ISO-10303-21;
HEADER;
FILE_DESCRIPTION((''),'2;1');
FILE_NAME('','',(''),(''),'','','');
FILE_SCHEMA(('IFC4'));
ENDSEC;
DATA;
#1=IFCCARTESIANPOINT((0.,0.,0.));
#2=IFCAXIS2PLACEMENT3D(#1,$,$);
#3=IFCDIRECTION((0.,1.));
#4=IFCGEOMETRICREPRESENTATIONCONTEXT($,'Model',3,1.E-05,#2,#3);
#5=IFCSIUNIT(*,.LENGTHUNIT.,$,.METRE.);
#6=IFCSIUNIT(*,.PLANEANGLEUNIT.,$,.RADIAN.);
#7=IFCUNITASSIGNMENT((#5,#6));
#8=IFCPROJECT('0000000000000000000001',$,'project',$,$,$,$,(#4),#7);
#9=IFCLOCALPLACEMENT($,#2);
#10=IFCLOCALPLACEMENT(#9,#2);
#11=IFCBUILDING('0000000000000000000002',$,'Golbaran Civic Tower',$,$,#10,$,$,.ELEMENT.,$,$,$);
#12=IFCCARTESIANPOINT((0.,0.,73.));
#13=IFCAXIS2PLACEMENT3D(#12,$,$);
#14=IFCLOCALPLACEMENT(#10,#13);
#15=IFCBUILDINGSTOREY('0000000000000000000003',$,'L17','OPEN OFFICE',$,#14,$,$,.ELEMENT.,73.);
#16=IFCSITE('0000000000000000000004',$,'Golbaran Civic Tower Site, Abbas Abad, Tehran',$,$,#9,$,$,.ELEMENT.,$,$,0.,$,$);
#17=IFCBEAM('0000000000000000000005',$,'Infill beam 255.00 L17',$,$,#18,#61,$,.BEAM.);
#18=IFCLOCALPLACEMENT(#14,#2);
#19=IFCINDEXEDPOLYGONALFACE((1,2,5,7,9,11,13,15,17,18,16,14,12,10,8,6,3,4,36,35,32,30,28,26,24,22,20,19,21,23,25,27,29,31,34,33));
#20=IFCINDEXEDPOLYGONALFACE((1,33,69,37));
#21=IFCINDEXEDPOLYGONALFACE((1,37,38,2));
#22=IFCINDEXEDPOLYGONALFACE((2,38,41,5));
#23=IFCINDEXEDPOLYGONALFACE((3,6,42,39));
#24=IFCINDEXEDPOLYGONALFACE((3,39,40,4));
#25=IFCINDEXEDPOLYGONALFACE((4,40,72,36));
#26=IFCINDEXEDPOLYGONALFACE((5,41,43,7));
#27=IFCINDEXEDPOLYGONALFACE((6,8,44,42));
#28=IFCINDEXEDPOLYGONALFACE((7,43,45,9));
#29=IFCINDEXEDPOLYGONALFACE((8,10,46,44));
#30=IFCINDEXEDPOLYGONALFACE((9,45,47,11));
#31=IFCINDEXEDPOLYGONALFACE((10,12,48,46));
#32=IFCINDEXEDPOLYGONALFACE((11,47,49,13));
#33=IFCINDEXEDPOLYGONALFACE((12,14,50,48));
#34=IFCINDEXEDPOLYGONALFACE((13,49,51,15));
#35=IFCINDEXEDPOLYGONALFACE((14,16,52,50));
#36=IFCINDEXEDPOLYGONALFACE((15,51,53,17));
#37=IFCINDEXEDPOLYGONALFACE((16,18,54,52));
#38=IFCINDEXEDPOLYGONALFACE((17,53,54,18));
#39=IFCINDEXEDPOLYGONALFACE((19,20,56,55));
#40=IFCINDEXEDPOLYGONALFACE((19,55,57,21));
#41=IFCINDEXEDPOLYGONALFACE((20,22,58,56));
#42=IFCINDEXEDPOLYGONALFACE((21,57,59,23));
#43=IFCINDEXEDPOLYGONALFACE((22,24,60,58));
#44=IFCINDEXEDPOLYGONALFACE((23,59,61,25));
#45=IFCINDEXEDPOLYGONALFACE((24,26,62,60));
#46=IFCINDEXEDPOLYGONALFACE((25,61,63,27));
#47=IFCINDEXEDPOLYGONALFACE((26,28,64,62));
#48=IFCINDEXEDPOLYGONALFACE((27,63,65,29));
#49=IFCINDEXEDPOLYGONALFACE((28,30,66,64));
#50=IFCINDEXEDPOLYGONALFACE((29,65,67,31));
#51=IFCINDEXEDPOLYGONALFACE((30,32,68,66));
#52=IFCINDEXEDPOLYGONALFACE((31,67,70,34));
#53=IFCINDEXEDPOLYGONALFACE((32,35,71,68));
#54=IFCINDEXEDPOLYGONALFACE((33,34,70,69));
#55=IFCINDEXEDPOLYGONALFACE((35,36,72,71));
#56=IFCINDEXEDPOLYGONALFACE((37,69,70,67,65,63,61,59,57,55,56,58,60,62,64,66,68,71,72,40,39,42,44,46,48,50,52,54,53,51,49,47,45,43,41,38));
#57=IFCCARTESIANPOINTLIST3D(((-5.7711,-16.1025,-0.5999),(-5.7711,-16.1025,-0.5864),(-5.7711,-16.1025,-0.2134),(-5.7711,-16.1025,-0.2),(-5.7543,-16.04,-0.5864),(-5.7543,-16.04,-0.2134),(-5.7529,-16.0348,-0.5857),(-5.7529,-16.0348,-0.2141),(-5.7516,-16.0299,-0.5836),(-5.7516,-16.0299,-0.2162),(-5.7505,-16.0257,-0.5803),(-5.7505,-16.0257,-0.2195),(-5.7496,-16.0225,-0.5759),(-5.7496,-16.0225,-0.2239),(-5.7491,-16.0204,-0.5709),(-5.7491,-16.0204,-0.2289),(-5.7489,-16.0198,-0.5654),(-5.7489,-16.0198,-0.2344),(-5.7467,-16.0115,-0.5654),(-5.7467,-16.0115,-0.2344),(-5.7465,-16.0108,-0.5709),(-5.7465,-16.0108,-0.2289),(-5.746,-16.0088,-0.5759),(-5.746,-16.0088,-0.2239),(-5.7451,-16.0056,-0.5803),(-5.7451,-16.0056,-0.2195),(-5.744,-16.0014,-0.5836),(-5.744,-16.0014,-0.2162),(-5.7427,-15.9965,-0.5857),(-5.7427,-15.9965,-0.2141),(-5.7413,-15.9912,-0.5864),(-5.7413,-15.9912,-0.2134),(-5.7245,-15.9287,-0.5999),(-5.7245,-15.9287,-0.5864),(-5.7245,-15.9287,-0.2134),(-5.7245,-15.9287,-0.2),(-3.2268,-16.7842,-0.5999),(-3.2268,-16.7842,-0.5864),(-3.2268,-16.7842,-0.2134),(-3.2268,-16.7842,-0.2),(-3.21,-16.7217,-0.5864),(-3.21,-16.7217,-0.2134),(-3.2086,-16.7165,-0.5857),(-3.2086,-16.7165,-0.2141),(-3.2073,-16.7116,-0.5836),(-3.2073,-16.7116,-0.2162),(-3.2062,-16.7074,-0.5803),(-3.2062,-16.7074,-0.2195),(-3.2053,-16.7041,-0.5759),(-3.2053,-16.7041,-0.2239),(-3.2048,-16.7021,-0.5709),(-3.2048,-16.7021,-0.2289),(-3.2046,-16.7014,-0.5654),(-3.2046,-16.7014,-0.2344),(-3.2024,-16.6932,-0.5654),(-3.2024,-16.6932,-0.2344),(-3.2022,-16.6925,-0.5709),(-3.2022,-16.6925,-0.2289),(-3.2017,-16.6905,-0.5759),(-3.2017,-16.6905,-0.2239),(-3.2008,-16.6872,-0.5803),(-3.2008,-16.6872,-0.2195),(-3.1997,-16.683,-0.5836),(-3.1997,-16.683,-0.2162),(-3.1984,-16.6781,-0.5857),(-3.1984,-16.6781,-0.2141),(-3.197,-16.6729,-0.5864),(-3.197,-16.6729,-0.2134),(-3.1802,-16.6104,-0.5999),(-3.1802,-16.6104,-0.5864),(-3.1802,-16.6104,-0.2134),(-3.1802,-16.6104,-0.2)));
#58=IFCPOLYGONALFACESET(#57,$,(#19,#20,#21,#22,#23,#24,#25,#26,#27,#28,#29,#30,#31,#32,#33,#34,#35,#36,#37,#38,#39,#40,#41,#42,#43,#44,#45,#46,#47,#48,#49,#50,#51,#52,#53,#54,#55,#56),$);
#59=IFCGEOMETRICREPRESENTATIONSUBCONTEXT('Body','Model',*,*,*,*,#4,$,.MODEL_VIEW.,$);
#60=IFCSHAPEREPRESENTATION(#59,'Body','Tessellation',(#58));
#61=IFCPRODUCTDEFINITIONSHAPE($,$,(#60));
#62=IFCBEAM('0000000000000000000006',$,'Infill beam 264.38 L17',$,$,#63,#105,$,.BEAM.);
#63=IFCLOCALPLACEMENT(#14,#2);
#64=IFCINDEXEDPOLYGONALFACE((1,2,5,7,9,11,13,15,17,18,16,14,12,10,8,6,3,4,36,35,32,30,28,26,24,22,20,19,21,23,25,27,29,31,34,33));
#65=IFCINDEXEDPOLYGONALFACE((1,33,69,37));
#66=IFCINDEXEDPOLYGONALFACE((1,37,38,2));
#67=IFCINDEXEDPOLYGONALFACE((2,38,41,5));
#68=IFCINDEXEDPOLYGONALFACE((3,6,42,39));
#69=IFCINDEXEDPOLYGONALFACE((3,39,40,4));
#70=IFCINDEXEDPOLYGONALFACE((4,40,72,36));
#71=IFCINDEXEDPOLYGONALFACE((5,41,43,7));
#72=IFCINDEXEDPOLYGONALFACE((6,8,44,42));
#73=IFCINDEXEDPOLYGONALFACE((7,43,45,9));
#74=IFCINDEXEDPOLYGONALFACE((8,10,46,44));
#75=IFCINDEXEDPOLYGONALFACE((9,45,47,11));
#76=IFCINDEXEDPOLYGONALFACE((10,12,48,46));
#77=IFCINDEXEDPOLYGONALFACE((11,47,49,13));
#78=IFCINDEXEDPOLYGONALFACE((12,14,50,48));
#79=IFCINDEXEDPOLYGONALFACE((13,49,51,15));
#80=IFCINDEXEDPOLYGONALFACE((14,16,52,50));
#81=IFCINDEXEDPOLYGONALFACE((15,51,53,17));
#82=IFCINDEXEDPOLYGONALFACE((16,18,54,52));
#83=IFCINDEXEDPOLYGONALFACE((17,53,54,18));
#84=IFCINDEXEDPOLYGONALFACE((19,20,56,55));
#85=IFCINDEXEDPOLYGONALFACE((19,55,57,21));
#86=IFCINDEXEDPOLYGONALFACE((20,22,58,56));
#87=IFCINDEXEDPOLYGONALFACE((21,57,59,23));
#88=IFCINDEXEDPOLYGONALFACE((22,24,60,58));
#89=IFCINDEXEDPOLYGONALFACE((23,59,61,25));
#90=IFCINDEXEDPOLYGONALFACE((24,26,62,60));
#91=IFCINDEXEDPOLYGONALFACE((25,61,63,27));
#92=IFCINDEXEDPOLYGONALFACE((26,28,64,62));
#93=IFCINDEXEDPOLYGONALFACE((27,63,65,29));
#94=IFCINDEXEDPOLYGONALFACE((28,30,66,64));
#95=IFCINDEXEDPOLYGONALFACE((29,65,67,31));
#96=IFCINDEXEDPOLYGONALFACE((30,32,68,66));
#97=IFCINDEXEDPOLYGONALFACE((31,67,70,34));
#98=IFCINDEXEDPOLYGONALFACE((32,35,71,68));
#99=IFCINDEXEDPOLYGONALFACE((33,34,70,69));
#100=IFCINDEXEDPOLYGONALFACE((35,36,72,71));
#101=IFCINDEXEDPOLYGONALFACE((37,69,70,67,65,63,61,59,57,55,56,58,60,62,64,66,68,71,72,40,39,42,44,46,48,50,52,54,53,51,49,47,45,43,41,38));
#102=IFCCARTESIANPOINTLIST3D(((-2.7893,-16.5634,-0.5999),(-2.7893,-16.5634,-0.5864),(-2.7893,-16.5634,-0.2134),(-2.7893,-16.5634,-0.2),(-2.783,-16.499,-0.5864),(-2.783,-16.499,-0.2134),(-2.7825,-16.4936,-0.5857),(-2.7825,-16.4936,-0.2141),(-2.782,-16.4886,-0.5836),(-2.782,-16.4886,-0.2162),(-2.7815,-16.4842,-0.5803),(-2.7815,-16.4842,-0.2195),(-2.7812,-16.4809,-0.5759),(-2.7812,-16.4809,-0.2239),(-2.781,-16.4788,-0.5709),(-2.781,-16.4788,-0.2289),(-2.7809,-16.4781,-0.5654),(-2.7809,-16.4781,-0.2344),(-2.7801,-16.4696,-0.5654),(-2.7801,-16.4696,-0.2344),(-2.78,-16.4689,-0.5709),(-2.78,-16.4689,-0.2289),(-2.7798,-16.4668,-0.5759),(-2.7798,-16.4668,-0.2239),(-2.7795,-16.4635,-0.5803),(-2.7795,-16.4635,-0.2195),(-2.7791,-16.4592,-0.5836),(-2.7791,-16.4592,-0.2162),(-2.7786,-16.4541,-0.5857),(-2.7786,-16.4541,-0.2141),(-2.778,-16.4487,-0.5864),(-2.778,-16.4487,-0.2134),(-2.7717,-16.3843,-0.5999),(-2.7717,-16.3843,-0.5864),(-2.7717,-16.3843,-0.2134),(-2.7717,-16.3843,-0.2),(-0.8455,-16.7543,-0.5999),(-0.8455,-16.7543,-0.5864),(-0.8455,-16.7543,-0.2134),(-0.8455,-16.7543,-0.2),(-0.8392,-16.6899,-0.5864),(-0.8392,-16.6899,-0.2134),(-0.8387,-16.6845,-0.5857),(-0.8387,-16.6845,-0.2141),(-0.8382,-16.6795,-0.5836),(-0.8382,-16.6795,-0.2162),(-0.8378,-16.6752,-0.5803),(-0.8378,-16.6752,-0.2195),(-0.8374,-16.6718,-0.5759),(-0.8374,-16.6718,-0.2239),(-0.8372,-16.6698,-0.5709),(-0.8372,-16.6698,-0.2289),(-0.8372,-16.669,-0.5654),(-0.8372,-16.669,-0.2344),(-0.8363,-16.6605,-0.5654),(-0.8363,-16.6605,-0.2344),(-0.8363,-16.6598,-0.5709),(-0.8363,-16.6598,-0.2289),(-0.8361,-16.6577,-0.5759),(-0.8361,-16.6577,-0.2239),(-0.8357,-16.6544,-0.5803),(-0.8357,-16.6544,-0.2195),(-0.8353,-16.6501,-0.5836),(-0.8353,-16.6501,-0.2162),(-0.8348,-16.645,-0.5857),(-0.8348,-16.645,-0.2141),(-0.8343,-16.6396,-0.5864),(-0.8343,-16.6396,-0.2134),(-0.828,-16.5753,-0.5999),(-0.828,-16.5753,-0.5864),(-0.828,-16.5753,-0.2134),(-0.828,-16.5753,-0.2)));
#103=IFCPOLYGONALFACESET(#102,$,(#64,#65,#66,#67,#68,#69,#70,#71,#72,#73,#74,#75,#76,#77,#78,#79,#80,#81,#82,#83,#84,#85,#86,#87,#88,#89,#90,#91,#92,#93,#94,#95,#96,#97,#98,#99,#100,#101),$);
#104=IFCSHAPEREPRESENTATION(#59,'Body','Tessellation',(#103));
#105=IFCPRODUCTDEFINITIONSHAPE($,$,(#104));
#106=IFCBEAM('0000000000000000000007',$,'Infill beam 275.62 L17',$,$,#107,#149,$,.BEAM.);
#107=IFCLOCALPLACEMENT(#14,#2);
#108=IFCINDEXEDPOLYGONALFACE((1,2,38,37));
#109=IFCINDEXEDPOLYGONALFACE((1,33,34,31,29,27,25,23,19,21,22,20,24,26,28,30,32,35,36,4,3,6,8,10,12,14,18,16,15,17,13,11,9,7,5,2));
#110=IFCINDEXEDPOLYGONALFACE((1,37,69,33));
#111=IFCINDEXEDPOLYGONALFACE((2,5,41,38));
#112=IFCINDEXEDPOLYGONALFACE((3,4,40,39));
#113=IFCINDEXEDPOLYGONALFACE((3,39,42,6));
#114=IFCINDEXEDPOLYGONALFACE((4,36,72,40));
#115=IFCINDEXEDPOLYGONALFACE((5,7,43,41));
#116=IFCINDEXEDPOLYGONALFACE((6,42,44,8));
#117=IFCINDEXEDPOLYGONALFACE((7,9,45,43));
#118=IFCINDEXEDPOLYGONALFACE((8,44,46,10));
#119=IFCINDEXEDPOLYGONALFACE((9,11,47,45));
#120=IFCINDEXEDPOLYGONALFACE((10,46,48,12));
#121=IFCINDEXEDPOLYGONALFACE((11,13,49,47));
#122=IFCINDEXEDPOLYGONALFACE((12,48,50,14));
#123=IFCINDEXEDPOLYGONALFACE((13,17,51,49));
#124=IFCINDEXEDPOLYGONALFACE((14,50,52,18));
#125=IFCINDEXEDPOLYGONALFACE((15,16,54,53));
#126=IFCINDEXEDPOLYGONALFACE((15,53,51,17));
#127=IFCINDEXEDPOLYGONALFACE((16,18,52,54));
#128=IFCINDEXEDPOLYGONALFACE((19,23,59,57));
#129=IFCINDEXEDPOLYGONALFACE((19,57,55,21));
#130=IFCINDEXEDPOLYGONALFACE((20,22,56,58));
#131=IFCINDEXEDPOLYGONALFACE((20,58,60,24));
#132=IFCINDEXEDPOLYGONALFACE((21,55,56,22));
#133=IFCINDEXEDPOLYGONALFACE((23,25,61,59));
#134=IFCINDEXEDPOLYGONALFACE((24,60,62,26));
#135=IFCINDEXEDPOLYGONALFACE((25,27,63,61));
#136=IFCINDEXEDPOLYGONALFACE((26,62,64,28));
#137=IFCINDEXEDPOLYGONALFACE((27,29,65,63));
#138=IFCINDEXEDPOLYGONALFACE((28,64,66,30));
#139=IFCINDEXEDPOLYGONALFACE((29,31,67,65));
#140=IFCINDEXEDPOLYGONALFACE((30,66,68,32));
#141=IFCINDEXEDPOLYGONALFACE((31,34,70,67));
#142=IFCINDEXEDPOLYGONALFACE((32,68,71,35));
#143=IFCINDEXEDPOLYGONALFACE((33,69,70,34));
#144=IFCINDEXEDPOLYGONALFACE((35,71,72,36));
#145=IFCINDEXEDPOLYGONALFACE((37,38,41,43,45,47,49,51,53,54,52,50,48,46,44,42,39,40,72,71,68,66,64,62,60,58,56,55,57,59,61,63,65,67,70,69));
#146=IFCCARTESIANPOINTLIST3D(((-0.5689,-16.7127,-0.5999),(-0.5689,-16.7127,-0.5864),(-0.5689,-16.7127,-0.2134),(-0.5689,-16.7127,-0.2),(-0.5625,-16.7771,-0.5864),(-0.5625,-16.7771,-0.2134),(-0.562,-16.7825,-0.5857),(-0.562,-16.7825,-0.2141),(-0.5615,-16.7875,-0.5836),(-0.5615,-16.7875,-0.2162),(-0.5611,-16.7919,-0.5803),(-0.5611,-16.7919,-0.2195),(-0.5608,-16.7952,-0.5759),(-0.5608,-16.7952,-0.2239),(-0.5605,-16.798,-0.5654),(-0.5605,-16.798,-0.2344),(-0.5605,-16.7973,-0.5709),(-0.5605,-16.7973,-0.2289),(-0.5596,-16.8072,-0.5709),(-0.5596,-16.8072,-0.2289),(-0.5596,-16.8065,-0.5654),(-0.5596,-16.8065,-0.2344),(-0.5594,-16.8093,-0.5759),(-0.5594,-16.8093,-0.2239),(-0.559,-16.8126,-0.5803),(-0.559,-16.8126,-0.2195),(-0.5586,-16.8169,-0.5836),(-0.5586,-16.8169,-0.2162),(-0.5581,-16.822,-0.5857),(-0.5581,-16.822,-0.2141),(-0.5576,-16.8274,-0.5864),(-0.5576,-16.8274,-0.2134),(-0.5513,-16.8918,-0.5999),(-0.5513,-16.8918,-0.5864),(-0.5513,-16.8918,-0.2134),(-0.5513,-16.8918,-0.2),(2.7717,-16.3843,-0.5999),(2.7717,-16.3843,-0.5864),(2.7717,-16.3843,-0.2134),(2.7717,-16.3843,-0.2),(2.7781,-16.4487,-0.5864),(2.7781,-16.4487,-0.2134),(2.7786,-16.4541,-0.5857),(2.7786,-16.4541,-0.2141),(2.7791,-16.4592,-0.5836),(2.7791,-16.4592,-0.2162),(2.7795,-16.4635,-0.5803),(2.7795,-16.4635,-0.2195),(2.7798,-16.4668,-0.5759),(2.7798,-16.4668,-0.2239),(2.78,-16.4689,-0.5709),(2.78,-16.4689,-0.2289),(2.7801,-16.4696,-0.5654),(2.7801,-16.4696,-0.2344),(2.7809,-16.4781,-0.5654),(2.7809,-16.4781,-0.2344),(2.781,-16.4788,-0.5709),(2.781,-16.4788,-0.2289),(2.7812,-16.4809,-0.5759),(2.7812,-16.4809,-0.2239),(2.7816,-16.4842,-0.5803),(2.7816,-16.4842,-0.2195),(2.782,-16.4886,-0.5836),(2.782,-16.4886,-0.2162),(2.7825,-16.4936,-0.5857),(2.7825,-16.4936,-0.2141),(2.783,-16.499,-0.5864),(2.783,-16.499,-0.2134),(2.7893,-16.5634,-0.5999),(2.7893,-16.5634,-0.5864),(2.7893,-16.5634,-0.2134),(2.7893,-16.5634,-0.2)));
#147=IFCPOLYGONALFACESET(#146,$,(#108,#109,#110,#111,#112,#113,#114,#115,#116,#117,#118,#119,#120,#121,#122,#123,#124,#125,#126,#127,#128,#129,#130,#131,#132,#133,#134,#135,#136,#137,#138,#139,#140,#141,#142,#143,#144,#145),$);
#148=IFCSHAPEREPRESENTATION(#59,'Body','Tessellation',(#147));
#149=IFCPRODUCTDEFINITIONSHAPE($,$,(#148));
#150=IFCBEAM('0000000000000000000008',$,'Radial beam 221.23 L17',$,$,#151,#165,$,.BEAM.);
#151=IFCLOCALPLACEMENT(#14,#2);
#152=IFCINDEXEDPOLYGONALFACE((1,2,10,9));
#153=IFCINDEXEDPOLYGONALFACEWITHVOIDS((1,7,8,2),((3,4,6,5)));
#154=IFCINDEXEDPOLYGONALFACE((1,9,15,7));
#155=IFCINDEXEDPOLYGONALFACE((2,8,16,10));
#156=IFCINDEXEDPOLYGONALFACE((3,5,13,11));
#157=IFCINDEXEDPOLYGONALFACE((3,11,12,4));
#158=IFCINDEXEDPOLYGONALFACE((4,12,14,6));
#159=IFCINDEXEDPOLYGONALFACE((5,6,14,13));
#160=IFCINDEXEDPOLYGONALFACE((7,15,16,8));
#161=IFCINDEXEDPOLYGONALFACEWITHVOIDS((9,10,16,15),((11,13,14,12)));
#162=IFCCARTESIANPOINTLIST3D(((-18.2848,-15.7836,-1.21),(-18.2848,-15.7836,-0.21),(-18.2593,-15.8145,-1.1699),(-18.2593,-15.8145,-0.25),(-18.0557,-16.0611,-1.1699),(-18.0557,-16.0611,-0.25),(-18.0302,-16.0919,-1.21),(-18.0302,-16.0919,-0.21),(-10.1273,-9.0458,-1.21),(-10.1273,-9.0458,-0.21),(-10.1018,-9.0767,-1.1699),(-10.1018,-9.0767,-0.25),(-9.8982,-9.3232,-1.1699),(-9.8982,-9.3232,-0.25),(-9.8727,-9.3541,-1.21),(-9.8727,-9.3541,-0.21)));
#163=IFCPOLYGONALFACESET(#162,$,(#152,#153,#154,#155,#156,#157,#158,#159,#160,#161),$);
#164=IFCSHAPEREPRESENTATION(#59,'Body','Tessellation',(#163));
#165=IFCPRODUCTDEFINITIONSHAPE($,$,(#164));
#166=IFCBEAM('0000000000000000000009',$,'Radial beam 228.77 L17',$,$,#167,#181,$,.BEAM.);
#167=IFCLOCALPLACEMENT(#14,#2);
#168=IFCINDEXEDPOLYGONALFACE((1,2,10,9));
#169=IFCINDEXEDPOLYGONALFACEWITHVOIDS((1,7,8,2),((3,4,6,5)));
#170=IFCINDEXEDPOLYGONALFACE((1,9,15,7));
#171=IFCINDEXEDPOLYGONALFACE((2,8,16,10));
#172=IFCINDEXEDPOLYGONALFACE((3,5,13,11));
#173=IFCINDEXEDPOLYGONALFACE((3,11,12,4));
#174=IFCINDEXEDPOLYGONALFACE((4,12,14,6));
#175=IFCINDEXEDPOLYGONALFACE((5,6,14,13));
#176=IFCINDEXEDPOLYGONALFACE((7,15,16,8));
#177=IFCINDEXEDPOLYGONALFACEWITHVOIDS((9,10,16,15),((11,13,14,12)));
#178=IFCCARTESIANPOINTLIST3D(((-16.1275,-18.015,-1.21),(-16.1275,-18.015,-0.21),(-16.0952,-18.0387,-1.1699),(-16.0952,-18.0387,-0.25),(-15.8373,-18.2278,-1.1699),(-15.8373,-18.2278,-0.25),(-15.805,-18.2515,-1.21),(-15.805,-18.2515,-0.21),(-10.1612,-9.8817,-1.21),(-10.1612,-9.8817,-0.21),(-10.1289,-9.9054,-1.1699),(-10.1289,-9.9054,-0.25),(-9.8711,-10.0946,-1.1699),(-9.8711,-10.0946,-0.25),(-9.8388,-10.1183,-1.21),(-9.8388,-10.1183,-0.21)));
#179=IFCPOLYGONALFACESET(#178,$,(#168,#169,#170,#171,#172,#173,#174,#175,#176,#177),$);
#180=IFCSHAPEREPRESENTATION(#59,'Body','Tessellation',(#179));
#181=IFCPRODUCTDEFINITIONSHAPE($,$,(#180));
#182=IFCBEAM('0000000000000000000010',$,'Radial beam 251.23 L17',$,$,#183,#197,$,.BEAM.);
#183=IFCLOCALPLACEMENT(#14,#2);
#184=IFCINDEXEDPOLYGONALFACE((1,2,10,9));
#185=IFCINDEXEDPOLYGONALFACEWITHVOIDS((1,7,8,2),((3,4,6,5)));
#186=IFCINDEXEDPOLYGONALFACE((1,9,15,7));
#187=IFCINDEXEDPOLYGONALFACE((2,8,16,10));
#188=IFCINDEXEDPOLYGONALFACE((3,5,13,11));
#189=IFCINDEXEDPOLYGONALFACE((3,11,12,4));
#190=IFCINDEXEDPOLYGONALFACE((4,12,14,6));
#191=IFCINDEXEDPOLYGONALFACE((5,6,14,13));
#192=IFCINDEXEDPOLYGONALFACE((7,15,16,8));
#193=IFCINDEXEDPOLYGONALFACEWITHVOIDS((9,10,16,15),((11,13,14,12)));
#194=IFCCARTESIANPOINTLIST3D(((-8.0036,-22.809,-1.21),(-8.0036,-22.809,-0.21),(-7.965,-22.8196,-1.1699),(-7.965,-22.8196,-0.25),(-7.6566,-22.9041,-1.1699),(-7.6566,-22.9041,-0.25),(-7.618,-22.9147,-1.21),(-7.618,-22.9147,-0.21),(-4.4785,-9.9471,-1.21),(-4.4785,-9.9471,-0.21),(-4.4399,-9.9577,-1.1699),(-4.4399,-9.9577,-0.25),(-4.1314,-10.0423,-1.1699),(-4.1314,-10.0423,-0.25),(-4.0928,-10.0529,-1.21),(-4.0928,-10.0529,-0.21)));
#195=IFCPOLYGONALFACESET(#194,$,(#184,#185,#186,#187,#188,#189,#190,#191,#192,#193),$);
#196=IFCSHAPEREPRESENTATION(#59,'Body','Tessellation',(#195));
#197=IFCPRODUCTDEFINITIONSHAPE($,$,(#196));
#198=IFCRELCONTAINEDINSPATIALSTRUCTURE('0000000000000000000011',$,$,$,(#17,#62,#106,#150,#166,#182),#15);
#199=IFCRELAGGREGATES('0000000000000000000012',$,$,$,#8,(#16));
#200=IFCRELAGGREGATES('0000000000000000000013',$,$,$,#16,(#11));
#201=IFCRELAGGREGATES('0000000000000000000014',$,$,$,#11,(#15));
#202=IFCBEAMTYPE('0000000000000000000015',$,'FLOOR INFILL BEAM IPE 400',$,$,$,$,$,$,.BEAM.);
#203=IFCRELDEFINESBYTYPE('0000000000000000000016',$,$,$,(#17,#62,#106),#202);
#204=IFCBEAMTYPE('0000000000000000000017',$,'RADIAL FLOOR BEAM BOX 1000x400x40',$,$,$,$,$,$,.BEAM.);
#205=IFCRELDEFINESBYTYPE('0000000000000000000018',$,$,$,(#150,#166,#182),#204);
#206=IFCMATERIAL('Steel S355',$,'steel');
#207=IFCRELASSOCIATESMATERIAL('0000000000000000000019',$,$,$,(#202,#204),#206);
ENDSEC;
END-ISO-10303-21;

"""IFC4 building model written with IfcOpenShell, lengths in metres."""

from ifc_helpers import new_model, si_unit, direction, frame, origin, origin_2d, place, context, subcontext, project, spatial, hollow_rectangle, i_section, extrude, material, material_profile, profile_set, type_object, element, save


model = new_model("IFC4")

# Units and contexts
model_context = context("Model", 3, precision=1e-05, world=origin(), true_north=direction((0.0, 1.0)))
body_context = subcontext(model_context, "Body", "Model", "MODEL_VIEW")
ifc_project = project(units=[si_unit("LENGTHUNIT", "METRE"), si_unit("PLANEANGLEUNIT", "RADIAN")], contexts=[model_context])

# Site, building, storey
site_placement = place(None, origin())
site = spatial("IfcSite", under=ifc_project, at=site_placement, Name="Golbaran Civic Tower Site, Abbas Abad, Tehran", CompositionType="ELEMENT", RefElevation=0.0)
building_placement = place(site_placement, origin())
building = spatial("IfcBuilding", under=site, at=building_placement, Name="Golbaran Civic Tower", CompositionType="ELEMENT")
storey_placement = place(building_placement, frame((0.0, 0.0, 73.0)))
storey = spatial("IfcBuildingStorey", under=building, at=storey_placement, Name="L17", Description="OPEN OFFICE", CompositionType="ELEMENT", Elevation=73.0)

# Beams
ifc_material_1 = material(Name="Steel S355", Category="steel")
ifc_material_profile_1 = material_profile(ifc_material_1, i_section(OverallWidth=0.1799, OverallDepth=0.3999, WebThickness=0.0085, FlangeThickness=0.0134, FilletRadius=0.021, at=origin_2d()), Name="IPE 400")
ifc_profile_set_1 = profile_set([ifc_material_profile_1], Name="Steel S355")
beam_type_1 = type_object("IfcBeamType", Name="FLOOR INFILL BEAM IPE 400", PredefinedType="BEAM", material=ifc_profile_set_1)
beam_1_placement = place(storey_placement, frame((-5.7478, -16.0156, -0.3999), z_axis=(0.965933, -0.258793, 0.0), x_axis=(0.258793, 0.965933, 0.0)))
element("IfcBeam", 1, at=beam_1_placement, inside=storey, type_object=beam_type_1, Name="Infill beam 255.00 L17", PredefinedType="BEAM", context=body_context, shape_type="SweptSolid", body=[
    extrude(i_section(OverallWidth=0.1799, OverallDepth=0.3999, WebThickness=0.0085, FlangeThickness=0.0134, FilletRadius=0.021, at=origin_2d()), origin(), (0.0, 0.0, 1.0), 2.634),
])
beam_2_placement = place(storey_placement, frame((-2.7805, -16.4739, -0.3999), z_axis=(0.995211, -0.097746, 0.0), x_axis=(0.097746, 0.995211, 0.0)))
element("IfcBeam", 2, at=beam_2_placement, inside=storey, type_object=beam_type_1, Name="Infill beam 264.38 L17", PredefinedType="BEAM", context=body_context, shape_type="SweptSolid", body=[
    extrude(i_section(OverallWidth=0.1799, OverallDepth=0.3999, WebThickness=0.0085, FlangeThickness=0.0134, FilletRadius=0.021, at=origin_2d()), origin(), (0.0, 0.0, 1.0), 1.9531),
])
beam_3_placement = place(storey_placement, frame((-0.5601, -16.8022, -0.3999), z_axis=(0.995204, 0.097826, 0.0), x_axis=(-0.097826, 0.995204, 0.0)))
element("IfcBeam", 3, at=beam_3_placement, inside=storey, type_object=beam_type_1, Name="Infill beam 275.62 L17", PredefinedType="BEAM", context=body_context, shape_type="SweptSolid", body=[
    extrude(i_section(OverallWidth=0.1799, OverallDepth=0.3999, WebThickness=0.0085, FlangeThickness=0.0134, FilletRadius=0.021, at=origin_2d()), origin(), (0.0, 0.0, 1.0), 3.3567),
])
ifc_material_profile_2 = material_profile(ifc_material_1, hollow_rectangle(XDim=0.3999, YDim=1.0, WallThickness=0.04, at=origin_2d()), Name="BOX 1000x400x40")
ifc_profile_set_2 = profile_set([ifc_material_profile_2], Name="Steel S355")
beam_type_2 = type_object("IfcBeamType", Name="RADIAL FLOOR BEAM BOX 1000x400x40", PredefinedType="BEAM", material=ifc_profile_set_2)
beam_4_placement = place(storey_placement, frame((-10.0, -9.2, -0.71), z_axis=(-0.771008, -0.636826, 0.0), x_axis=(0.636826, -0.771008, 0.0)))
element("IfcBeam", 4, at=beam_4_placement, inside=storey, type_object=beam_type_2, Name="Radial beam 221.23 L17", PredefinedType="BEAM", context=body_context, shape_type="SweptSolid", body=[
    extrude(hollow_rectangle(XDim=0.3999, YDim=1.0, WallThickness=0.04, at=origin_2d()), origin(), (0.0, 0.0, 1.0), 10.5803),
])
beam_5_placement = place(storey_placement, frame((-10.0, -10.0, -0.71), z_axis=(-0.591485, -0.806316, 0.0), x_axis=(0.806316, -0.591485, 0.0)))
element("IfcBeam", 5, at=beam_5_placement, inside=storey, type_object=beam_type_2, Name="Radial beam 228.77 L17", PredefinedType="BEAM", context=body_context, shape_type="SweptSolid", body=[
    extrude(hollow_rectangle(XDim=0.3999, YDim=1.0, WallThickness=0.04, at=origin_2d()), origin(), (0.0, 0.0, 1.0), 10.0869),
])
beam_6_placement = place(storey_placement, frame((-4.2856, -10.0, -0.71), z_axis=(-0.26433, -0.964432, 0.0), x_axis=(0.964432, -0.26433, 0.0)))
element("IfcBeam", 6, at=beam_6_placement, inside=storey, type_object=beam_type_2, Name="Radial beam 251.23 L17", PredefinedType="BEAM", context=body_context, shape_type="SweptSolid", body=[
    extrude(hollow_rectangle(XDim=0.3999, YDim=1.0, WallThickness=0.04, at=origin_2d()), origin(), (0.0, 0.0, 1.0), 13.3362),
])

save(model, "model.ifc")
